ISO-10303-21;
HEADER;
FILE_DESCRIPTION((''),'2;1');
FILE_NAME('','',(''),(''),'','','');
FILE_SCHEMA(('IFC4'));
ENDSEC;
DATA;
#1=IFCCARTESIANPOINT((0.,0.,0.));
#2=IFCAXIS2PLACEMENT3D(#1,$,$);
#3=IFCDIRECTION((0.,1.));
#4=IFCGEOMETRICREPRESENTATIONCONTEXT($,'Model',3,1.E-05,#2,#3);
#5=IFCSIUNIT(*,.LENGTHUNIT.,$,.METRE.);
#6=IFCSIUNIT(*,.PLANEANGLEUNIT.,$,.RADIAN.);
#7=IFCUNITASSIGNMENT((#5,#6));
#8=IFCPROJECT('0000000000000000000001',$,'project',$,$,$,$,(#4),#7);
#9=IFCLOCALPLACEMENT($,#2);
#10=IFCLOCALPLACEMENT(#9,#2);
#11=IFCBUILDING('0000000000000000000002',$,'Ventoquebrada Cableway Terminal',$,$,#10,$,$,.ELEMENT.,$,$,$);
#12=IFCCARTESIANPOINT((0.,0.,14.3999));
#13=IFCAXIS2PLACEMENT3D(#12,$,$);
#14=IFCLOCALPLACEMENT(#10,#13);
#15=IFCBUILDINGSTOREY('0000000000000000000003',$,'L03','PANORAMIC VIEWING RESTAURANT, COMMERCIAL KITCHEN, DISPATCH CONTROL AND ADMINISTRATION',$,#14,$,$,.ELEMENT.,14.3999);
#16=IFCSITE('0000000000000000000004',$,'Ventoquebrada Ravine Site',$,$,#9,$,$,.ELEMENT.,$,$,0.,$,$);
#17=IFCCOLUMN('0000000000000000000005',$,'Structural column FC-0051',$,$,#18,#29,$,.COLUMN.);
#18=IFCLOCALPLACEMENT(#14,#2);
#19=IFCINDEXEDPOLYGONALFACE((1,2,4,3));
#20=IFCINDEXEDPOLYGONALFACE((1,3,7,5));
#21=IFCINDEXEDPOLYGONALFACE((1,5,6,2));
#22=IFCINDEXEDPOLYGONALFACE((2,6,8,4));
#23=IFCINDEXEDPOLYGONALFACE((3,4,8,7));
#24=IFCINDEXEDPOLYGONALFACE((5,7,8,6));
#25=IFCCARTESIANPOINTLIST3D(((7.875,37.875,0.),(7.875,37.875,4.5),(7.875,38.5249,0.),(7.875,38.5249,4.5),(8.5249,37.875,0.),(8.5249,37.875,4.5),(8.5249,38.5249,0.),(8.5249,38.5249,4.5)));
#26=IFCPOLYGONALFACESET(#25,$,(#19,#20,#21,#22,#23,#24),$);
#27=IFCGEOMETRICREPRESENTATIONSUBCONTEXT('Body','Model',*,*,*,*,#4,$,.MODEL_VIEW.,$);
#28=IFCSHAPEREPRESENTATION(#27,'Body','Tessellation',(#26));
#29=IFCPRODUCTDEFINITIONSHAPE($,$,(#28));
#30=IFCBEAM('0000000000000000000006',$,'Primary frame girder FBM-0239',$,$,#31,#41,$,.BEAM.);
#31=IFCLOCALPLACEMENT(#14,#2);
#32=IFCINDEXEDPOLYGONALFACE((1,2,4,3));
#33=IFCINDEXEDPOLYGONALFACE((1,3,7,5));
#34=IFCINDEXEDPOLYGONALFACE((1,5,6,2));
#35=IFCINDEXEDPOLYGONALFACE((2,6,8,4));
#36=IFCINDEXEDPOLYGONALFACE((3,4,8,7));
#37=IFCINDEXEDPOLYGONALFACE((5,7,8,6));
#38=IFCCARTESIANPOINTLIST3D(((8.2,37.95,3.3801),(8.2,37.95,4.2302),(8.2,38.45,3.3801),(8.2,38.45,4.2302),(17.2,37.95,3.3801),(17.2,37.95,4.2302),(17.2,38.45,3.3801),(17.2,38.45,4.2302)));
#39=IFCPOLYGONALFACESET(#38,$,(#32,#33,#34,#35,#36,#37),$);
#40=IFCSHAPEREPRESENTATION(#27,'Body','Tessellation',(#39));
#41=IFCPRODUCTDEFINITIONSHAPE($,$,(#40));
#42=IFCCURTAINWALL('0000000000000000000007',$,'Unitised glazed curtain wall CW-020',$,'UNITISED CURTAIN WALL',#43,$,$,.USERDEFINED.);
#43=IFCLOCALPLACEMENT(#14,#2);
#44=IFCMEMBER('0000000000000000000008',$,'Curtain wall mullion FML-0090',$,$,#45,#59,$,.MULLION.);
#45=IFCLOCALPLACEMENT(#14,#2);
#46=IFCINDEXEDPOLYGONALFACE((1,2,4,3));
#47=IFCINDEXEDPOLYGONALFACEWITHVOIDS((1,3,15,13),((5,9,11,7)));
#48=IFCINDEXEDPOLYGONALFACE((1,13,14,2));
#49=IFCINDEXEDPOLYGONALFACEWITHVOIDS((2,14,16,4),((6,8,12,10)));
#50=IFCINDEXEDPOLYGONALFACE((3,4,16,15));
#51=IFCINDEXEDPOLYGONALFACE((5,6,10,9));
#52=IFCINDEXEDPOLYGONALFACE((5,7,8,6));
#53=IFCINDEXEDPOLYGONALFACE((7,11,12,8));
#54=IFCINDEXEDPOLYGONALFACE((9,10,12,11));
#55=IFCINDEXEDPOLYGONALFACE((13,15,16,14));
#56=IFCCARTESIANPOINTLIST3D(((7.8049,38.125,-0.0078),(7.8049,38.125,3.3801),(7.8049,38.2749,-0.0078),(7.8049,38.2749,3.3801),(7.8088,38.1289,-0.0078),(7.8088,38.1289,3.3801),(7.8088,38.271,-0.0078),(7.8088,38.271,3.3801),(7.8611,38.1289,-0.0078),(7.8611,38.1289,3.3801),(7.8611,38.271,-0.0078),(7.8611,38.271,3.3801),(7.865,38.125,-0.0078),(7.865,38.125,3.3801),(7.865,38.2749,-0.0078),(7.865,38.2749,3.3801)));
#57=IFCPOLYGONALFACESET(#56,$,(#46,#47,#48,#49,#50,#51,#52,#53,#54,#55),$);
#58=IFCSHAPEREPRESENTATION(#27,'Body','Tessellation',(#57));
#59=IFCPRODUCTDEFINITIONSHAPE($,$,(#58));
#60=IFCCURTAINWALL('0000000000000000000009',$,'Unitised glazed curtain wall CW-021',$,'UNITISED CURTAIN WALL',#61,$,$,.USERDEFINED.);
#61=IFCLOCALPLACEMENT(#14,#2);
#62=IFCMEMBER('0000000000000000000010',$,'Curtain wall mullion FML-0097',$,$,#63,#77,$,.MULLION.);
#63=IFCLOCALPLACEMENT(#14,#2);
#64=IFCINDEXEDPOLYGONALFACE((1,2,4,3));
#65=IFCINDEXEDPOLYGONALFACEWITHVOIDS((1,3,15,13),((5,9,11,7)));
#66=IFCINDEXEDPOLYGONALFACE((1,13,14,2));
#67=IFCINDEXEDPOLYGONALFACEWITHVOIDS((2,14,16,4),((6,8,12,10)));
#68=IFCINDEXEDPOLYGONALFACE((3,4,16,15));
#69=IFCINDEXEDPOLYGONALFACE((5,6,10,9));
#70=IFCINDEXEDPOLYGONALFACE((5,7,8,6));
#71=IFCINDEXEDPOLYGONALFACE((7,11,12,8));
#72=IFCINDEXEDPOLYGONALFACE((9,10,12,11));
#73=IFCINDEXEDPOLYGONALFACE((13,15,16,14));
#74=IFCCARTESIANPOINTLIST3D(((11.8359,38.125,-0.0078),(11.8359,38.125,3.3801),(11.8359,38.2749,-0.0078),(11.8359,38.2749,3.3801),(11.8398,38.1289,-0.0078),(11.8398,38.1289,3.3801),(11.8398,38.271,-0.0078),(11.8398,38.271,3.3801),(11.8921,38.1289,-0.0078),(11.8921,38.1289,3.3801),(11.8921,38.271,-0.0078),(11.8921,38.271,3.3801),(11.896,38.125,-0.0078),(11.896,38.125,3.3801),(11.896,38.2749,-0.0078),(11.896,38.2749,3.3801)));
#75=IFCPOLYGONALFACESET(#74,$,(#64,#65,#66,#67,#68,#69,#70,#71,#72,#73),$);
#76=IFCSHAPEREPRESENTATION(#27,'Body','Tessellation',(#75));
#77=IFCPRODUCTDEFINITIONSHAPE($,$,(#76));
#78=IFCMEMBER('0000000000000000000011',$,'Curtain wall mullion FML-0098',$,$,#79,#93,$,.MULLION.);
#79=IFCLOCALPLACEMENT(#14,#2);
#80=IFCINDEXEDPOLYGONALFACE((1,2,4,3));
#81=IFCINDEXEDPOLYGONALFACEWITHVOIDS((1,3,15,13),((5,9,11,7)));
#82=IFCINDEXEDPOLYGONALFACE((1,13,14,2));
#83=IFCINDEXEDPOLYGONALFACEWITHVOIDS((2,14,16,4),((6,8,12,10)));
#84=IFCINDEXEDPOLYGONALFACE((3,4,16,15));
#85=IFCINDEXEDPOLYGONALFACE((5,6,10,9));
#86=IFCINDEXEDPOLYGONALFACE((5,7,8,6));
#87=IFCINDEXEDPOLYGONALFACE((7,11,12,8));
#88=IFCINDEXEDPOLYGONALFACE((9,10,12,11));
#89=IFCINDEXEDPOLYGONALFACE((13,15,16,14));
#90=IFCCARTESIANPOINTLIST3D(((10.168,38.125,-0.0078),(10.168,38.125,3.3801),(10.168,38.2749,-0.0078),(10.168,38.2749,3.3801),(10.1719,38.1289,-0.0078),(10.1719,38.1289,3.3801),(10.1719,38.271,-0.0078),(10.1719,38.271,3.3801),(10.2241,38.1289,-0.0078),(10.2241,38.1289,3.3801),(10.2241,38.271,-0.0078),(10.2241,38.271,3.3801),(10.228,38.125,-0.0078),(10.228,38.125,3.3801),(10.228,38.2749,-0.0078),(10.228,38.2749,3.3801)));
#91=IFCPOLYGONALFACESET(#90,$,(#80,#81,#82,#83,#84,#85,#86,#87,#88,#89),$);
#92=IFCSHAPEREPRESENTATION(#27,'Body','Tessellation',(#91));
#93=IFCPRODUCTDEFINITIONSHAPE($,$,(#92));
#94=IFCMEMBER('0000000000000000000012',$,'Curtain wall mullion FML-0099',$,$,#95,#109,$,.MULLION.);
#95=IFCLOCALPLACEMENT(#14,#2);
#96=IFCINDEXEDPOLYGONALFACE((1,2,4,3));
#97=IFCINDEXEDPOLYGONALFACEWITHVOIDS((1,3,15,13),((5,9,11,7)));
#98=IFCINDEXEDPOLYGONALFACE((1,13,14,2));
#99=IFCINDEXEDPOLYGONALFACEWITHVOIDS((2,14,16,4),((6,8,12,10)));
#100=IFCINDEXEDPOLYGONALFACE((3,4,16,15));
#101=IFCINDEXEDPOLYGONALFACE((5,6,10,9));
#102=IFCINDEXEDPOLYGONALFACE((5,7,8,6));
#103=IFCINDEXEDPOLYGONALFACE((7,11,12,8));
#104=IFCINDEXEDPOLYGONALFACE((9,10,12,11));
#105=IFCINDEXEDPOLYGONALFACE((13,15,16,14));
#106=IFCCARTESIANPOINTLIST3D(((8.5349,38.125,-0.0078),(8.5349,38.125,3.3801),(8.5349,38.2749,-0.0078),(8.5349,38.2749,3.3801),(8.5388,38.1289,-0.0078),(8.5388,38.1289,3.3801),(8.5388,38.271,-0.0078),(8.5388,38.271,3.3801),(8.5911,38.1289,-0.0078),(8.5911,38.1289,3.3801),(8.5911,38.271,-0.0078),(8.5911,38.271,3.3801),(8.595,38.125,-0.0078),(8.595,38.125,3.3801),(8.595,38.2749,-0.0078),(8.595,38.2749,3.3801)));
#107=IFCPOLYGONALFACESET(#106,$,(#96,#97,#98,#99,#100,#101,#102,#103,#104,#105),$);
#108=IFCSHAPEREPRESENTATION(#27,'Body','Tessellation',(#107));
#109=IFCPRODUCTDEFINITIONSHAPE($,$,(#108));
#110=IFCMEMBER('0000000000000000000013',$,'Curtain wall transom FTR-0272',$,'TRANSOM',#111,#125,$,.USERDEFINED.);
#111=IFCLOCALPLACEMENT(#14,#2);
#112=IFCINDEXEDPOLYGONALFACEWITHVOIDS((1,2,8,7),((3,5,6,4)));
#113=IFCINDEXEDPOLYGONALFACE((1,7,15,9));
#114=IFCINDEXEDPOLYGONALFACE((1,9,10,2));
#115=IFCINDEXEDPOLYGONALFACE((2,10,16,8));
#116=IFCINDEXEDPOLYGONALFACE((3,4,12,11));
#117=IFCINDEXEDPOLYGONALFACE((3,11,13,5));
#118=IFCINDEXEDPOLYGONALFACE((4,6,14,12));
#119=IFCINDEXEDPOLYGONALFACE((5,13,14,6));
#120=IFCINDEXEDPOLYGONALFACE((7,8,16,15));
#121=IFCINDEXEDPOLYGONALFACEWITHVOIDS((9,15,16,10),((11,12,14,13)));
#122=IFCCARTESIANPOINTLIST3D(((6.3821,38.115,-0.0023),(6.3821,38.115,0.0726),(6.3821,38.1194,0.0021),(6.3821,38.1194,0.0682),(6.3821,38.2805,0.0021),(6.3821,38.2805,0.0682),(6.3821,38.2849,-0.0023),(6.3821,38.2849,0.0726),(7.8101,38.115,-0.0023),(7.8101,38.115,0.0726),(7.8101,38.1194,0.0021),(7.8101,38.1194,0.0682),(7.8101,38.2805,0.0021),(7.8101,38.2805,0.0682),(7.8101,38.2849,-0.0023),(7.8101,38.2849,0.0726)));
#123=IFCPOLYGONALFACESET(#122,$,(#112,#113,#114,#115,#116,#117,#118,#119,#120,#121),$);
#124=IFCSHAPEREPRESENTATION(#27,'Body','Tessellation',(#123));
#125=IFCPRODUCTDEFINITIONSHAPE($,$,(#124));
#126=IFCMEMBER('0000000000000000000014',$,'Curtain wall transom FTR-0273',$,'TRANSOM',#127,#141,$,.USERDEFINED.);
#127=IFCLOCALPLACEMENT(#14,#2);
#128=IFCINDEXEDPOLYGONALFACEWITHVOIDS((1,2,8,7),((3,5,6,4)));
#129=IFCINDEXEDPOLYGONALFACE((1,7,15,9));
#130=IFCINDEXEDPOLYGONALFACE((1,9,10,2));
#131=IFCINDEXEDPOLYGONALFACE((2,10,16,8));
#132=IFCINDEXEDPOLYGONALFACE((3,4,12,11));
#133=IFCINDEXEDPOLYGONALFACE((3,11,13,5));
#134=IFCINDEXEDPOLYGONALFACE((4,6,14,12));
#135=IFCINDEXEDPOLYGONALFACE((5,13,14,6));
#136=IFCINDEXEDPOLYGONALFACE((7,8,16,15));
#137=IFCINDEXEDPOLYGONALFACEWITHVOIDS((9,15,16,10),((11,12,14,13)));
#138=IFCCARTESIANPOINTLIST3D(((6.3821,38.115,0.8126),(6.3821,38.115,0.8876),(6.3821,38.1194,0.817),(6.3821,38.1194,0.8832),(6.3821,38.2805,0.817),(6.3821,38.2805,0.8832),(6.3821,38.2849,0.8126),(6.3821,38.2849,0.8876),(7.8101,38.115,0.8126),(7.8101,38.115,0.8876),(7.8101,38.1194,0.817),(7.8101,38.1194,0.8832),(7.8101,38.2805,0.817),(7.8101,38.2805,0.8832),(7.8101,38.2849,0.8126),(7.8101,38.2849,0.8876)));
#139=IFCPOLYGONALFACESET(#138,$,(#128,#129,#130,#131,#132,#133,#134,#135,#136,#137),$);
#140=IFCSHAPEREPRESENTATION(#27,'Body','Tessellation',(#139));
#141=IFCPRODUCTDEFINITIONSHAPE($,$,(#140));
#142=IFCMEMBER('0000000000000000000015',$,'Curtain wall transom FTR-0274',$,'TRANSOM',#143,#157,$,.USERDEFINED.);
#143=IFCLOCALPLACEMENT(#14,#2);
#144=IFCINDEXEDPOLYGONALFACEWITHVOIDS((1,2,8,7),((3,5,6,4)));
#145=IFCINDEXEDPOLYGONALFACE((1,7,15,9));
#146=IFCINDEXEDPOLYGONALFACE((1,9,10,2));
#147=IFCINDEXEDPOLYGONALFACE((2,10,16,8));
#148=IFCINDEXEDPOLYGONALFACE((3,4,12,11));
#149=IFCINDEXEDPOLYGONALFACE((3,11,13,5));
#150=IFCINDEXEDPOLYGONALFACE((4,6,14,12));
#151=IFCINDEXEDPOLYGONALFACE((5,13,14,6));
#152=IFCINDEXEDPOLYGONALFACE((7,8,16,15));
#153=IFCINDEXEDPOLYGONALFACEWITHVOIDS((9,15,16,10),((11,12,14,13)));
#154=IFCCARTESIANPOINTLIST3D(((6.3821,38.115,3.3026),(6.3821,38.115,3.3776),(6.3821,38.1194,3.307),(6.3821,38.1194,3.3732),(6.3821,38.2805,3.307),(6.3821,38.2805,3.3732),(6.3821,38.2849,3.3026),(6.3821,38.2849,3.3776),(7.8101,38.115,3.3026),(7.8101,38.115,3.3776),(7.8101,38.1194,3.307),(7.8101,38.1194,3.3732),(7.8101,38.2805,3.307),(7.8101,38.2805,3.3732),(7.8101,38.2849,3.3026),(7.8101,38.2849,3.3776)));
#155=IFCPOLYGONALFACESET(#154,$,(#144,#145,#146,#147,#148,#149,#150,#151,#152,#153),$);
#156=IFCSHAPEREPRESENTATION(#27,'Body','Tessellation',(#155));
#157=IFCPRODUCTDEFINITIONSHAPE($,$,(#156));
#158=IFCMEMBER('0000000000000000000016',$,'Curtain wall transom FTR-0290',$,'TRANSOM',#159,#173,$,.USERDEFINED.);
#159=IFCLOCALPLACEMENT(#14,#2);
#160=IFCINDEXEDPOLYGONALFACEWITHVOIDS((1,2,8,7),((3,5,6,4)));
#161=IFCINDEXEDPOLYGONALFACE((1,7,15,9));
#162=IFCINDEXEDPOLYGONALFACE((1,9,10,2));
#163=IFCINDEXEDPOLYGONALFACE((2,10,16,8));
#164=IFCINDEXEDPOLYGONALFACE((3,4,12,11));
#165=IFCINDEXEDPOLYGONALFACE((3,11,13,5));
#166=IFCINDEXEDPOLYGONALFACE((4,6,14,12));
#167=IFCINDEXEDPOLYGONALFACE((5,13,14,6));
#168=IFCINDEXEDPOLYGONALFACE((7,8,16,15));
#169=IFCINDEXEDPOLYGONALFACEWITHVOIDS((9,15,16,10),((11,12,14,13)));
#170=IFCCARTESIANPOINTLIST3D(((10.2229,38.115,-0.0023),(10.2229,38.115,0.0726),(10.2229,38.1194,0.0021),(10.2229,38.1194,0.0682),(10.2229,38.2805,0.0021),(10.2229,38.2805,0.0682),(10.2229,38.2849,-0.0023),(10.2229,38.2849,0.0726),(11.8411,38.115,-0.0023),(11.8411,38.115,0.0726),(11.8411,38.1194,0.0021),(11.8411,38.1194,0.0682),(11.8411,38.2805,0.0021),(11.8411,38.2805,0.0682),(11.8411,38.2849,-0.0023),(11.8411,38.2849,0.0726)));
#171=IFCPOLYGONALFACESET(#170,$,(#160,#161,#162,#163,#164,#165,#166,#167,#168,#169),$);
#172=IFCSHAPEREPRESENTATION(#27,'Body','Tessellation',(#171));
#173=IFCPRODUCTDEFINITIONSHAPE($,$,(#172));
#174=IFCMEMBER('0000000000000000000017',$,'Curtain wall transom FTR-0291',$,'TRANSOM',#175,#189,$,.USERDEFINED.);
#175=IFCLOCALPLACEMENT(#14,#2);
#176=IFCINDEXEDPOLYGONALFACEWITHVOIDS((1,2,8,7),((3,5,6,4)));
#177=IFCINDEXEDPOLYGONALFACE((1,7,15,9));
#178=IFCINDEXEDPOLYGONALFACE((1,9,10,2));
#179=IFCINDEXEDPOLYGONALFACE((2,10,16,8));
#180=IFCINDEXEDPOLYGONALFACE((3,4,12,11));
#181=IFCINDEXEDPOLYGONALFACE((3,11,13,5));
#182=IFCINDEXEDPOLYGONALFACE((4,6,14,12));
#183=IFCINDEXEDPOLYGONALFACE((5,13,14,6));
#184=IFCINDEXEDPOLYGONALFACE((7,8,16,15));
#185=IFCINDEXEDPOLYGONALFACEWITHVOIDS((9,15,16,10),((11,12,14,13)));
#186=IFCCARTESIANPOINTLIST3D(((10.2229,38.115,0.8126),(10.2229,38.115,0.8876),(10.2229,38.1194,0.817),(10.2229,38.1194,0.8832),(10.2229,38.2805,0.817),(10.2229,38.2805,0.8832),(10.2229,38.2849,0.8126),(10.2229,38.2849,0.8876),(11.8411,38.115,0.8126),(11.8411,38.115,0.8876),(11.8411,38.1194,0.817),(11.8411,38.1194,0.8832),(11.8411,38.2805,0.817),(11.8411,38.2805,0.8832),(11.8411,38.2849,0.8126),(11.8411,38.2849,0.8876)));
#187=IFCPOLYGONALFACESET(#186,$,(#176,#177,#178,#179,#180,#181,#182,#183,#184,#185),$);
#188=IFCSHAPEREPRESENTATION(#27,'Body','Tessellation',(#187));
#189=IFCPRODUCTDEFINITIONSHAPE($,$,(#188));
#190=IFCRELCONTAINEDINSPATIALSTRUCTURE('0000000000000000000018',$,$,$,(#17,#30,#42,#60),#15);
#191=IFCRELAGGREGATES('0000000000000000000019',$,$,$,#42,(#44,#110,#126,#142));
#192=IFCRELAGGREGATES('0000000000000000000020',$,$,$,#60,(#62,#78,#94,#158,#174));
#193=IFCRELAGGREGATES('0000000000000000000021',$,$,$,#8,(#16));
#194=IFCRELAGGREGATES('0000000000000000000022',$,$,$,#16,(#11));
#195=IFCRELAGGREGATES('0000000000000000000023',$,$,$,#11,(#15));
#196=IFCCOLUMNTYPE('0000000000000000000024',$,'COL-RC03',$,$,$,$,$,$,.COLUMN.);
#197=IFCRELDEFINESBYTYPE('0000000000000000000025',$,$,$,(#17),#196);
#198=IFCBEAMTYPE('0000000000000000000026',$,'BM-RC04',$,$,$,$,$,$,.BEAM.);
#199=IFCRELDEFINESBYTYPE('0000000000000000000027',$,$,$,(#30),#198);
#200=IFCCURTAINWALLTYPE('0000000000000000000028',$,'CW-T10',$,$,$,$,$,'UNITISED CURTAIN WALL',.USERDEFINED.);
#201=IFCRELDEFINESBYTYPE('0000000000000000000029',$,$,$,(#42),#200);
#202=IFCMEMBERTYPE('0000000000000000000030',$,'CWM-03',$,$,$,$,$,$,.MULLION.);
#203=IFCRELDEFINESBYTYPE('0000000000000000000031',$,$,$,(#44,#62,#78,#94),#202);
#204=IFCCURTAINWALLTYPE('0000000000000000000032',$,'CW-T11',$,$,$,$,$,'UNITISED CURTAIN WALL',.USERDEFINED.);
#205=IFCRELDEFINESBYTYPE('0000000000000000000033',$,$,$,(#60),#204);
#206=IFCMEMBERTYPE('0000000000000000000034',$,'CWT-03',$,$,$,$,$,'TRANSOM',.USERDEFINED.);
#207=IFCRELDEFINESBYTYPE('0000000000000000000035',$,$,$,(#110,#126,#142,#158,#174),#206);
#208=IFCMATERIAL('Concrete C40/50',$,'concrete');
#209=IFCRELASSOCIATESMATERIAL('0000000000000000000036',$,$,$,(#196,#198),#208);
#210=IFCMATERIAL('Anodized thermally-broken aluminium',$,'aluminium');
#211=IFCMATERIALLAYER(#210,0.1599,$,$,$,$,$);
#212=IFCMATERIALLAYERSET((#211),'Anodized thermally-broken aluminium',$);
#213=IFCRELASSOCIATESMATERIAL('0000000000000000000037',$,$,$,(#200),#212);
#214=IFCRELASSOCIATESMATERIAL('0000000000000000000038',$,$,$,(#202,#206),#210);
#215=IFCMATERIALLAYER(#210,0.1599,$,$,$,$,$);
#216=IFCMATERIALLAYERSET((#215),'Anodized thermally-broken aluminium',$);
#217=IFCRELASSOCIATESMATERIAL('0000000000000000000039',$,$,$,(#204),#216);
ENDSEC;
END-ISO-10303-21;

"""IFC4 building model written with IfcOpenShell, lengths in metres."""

from ifc_helpers import new_model, si_unit, direction, frame, origin, origin_2d, place, context, subcontext, project, spatial, rectangle, hollow_rectangle, extrude, material, layer, layer_set, material_profile, profile_set, type_object, element, aggregate, save


model = new_model("IFC4")

# Units and contexts
model_context = context("Model", 3, precision=1e-05, world=origin(), true_north=direction((0.0, 1.0)))
body_context = subcontext(model_context, "Body", "Model", "MODEL_VIEW")
ifc_project = project(units=[si_unit("LENGTHUNIT", "METRE"), si_unit("PLANEANGLEUNIT", "RADIAN")], contexts=[model_context])

# Site, building, storey
site_placement = place(None, origin())
site = spatial("IfcSite", under=ifc_project, at=site_placement, Name="Ventoquebrada Ravine Site", CompositionType="ELEMENT", RefElevation=0.0)
building_placement = place(site_placement, origin())
building = spatial("IfcBuilding", under=site, at=building_placement, Name="Ventoquebrada Cableway Terminal", CompositionType="ELEMENT")
storey_placement = place(building_placement, frame((0.0, 0.0, 14.3999)))
storey = spatial("IfcBuildingStorey", under=building, at=storey_placement, Name="L03", Description="PANORAMIC VIEWING RESTAURANT, COMMERCIAL KITCHEN, DISPATCH CONTROL AND ADMINISTRATION", CompositionType="ELEMENT", Elevation=14.3999)

# Column
ifc_material_1 = material(Name="Concrete C40/50", Category="concrete")
ifc_material_profile_1 = material_profile(ifc_material_1, rectangle(XDim=0.6499, YDim=0.6499, at=origin_2d()), Name="RC-COL-650X650")
ifc_profile_set_1 = profile_set([ifc_material_profile_1], Name="Concrete C40/50")
column_type = type_object("IfcColumnType", Name="COL-RC03", PredefinedType="COLUMN", material=ifc_profile_set_1)
column_placement = place(storey_placement, frame((8.2, 38.2, 0.0), z_axis=(0.0, 0.0, 1.0), x_axis=(1.0, 0.0, 0.0)))
element("IfcColumn", 1, at=column_placement, inside=storey, type_object=column_type, Name="Structural column FC-0051", PredefinedType="COLUMN", context=body_context, shape_type="SweptSolid", body=[
    extrude(rectangle(XDim=0.6499, YDim=0.6499, at=origin_2d()), origin(), (0.0, 0.0, 1.0), 4.5),
])

# Beam
ifc_material_profile_2 = material_profile(ifc_material_1, rectangle(XDim=0.5, YDim=0.8501, at=origin_2d()), Name="RC-BM-500X850")
ifc_profile_set_2 = profile_set([ifc_material_profile_2], Name="Concrete C40/50")
beam_type = type_object("IfcBeamType", Name="BM-RC04", PredefinedType="BEAM", material=ifc_profile_set_2)
beam_placement = place(storey_placement, frame((8.2, 38.2, 3.8052), z_axis=(1.0, 0.0, 0.0), x_axis=(0.0, 1.0, 0.0)))
element("IfcBeam", 2, at=beam_placement, inside=storey, type_object=beam_type, Name="Primary frame girder FBM-0239", PredefinedType="BEAM", context=body_context, shape_type="SweptSolid", body=[
    extrude(rectangle(XDim=0.5, YDim=0.8501, at=origin_2d()), origin(), (0.0, 0.0, 1.0), 9.0),
])

# Curtain wall, member
ifc_material_2 = material(Name="Anodized thermally-broken aluminium", Category="aluminium")
ifc_layer_1 = layer(ifc_material_2, 0.1599)
ifc_layer_set_1 = layer_set([ifc_layer_1], Name="Anodized thermally-broken aluminium")
curtain_wall_type_1 = type_object("IfcCurtainWallType", Name="CW-T10", ElementType="UNITISED CURTAIN WALL", PredefinedType="USERDEFINED", material=ifc_layer_set_1)
curtain_wall_1_placement = place(storey_placement, origin())
curtain_wall_1 = element("IfcCurtainWall", 3, at=curtain_wall_1_placement, inside=storey, type_object=curtain_wall_type_1, Name="Unitised glazed curtain wall CW-020", ObjectType="UNITISED CURTAIN WALL", PredefinedType="USERDEFINED")
ifc_material_profile_3 = material_profile(ifc_material_2, hollow_rectangle(XDim=0.0601, YDim=0.1499, WallThickness=0.0039, at=origin_2d()), Name="CW-MUL-60X150")
ifc_profile_set_3 = profile_set([ifc_material_profile_3], Name="Anodized thermally-broken aluminium")
member_type_1 = type_object("IfcMemberType", Name="CWM-03", PredefinedType="MULLION", material=ifc_profile_set_3)
member_1_placement = place(storey_placement, frame((7.835, 38.2, -0.0078), z_axis=(0.0, 0.0, 1.0), x_axis=(-1.0, 0.0, 0.0)))
member_1 = element("IfcMember", 4, at=member_1_placement, type_object=member_type_1, Name="Curtain wall mullion FML-0090", PredefinedType="MULLION", context=body_context, shape_type="SweptSolid", body=[
    extrude(hollow_rectangle(XDim=0.0601, YDim=0.1499, WallThickness=0.0039, at=origin_2d()), origin(), (0.0, 0.0, 1.0), 3.3879),
])

# Curtain wall, members
ifc_layer_2 = layer(ifc_material_2, 0.1599)
ifc_layer_set_2 = layer_set([ifc_layer_2], Name="Anodized thermally-broken aluminium")
curtain_wall_type_2 = type_object("IfcCurtainWallType", Name="CW-T11", ElementType="UNITISED CURTAIN WALL", PredefinedType="USERDEFINED", material=ifc_layer_set_2)
curtain_wall_2_placement = place(storey_placement, origin())
curtain_wall_2 = element("IfcCurtainWall", 5, at=curtain_wall_2_placement, inside=storey, type_object=curtain_wall_type_2, Name="Unitised glazed curtain wall CW-021", ObjectType="UNITISED CURTAIN WALL", PredefinedType="USERDEFINED")
member_2_placement = place(storey_placement, frame((11.866, 38.2, -0.0078), z_axis=(0.0, 0.0, 1.0), x_axis=(-1.0, 0.0, 0.0)))
member_2 = element("IfcMember", 6, at=member_2_placement, type_object=member_type_1, Name="Curtain wall mullion FML-0097", PredefinedType="MULLION", context=body_context, shape_type="SweptSolid", body=[
    extrude(hollow_rectangle(XDim=0.0601, YDim=0.1499, WallThickness=0.0039, at=origin_2d()), origin(), (0.0, 0.0, 1.0), 3.3879),
])
member_3_placement = place(storey_placement, frame((10.198, 38.2, -0.0078), z_axis=(0.0, 0.0, 1.0), x_axis=(-1.0, 0.0, 0.0)))
member_3 = element("IfcMember", 7, at=member_3_placement, type_object=member_type_1, Name="Curtain wall mullion FML-0098", PredefinedType="MULLION", context=body_context, shape_type="SweptSolid", body=[
    extrude(hollow_rectangle(XDim=0.0601, YDim=0.1499, WallThickness=0.0039, at=origin_2d()), origin(), (0.0, 0.0, 1.0), 3.3879),
])
member_4_placement = place(storey_placement, frame((8.5649, 38.2, -0.0078), z_axis=(0.0, 0.0, 1.0), x_axis=(-1.0, 0.0, 0.0)))
member_4 = element("IfcMember", 8, at=member_4_placement, type_object=member_type_1, Name="Curtain wall mullion FML-0099", PredefinedType="MULLION", context=body_context, shape_type="SweptSolid", body=[
    extrude(hollow_rectangle(XDim=0.0601, YDim=0.1499, WallThickness=0.0039, at=origin_2d()), origin(), (0.0, 0.0, 1.0), 3.3879),
])

# Members
ifc_material_profile_4 = material_profile(ifc_material_2, hollow_rectangle(XDim=0.075, YDim=0.1699, WallThickness=0.0044, at=origin_2d()), Name="CW-TRN-75X170")
ifc_profile_set_4 = profile_set([ifc_material_profile_4], Name="Anodized thermally-broken aluminium")
member_type_2 = type_object("IfcMemberType", Name="CWT-03", ElementType="TRANSOM", PredefinedType="USERDEFINED", material=ifc_profile_set_4)
member_5_placement = place(storey_placement, frame((7.8101, 38.2, 0.0352), z_axis=(-1.0, 0.0, 0.0), x_axis=(0.0, 0.0, 1.0)))
member_5 = element("IfcMember", 9, at=member_5_placement, type_object=member_type_2, Name="Curtain wall transom FTR-0272", ObjectType="TRANSOM", PredefinedType="USERDEFINED", context=body_context, shape_type="SweptSolid", body=[
    extrude(hollow_rectangle(XDim=0.075, YDim=0.1699, WallThickness=0.0044, at=origin_2d()), origin(), (0.0, 0.0, 1.0), 1.428),
])
member_6_placement = place(storey_placement, frame((7.8101, 38.2, 0.8501), z_axis=(-1.0, 0.0, 0.0), x_axis=(0.0, 0.0, 1.0)))
member_6 = element("IfcMember", 10, at=member_6_placement, type_object=member_type_2, Name="Curtain wall transom FTR-0273", ObjectType="TRANSOM", PredefinedType="USERDEFINED", context=body_context, shape_type="SweptSolid", body=[
    extrude(hollow_rectangle(XDim=0.075, YDim=0.1699, WallThickness=0.0044, at=origin_2d()), origin(), (0.0, 0.0, 1.0), 1.428),
])
member_7_placement = place(storey_placement, frame((7.8101, 38.2, 3.3401), z_axis=(-1.0, 0.0, 0.0), x_axis=(0.0, 0.0, 1.0)))
member_7 = element("IfcMember", 11, at=member_7_placement, type_object=member_type_2, Name="Curtain wall transom FTR-0274", ObjectType="TRANSOM", PredefinedType="USERDEFINED", context=body_context, shape_type="SweptSolid", body=[
    extrude(hollow_rectangle(XDim=0.075, YDim=0.1699, WallThickness=0.0044, at=origin_2d()), origin(), (0.0, 0.0, 1.0), 1.428),
])
member_8_placement = place(storey_placement, frame((11.8411, 38.2, 0.0352), z_axis=(-1.0, 0.0, 0.0), x_axis=(0.0, 0.0, 1.0)))
member_8 = element("IfcMember", 12, at=member_8_placement, type_object=member_type_2, Name="Curtain wall transom FTR-0290", ObjectType="TRANSOM", PredefinedType="USERDEFINED", context=body_context, shape_type="SweptSolid", body=[
    extrude(hollow_rectangle(XDim=0.075, YDim=0.1699, WallThickness=0.0044, at=origin_2d()), origin(), (0.0, 0.0, 1.0), 1.6182),
])
member_9_placement = place(storey_placement, frame((11.8411, 38.2, 0.8501), z_axis=(-1.0, 0.0, 0.0), x_axis=(0.0, 0.0, 1.0)))
member_9 = element("IfcMember", 13, at=member_9_placement, type_object=member_type_2, Name="Curtain wall transom FTR-0291", ObjectType="TRANSOM", PredefinedType="USERDEFINED", context=body_context, shape_type="SweptSolid", body=[
    extrude(hollow_rectangle(XDim=0.075, YDim=0.1699, WallThickness=0.0044, at=origin_2d()), origin(), (0.0, 0.0, 1.0), 1.6182),
])

aggregate(curtain_wall_1, [member_1, member_5, member_6, member_7])
aggregate(curtain_wall_2, [member_2, member_3, member_4, member_8, member_9])

save(model, "model.ifc")
